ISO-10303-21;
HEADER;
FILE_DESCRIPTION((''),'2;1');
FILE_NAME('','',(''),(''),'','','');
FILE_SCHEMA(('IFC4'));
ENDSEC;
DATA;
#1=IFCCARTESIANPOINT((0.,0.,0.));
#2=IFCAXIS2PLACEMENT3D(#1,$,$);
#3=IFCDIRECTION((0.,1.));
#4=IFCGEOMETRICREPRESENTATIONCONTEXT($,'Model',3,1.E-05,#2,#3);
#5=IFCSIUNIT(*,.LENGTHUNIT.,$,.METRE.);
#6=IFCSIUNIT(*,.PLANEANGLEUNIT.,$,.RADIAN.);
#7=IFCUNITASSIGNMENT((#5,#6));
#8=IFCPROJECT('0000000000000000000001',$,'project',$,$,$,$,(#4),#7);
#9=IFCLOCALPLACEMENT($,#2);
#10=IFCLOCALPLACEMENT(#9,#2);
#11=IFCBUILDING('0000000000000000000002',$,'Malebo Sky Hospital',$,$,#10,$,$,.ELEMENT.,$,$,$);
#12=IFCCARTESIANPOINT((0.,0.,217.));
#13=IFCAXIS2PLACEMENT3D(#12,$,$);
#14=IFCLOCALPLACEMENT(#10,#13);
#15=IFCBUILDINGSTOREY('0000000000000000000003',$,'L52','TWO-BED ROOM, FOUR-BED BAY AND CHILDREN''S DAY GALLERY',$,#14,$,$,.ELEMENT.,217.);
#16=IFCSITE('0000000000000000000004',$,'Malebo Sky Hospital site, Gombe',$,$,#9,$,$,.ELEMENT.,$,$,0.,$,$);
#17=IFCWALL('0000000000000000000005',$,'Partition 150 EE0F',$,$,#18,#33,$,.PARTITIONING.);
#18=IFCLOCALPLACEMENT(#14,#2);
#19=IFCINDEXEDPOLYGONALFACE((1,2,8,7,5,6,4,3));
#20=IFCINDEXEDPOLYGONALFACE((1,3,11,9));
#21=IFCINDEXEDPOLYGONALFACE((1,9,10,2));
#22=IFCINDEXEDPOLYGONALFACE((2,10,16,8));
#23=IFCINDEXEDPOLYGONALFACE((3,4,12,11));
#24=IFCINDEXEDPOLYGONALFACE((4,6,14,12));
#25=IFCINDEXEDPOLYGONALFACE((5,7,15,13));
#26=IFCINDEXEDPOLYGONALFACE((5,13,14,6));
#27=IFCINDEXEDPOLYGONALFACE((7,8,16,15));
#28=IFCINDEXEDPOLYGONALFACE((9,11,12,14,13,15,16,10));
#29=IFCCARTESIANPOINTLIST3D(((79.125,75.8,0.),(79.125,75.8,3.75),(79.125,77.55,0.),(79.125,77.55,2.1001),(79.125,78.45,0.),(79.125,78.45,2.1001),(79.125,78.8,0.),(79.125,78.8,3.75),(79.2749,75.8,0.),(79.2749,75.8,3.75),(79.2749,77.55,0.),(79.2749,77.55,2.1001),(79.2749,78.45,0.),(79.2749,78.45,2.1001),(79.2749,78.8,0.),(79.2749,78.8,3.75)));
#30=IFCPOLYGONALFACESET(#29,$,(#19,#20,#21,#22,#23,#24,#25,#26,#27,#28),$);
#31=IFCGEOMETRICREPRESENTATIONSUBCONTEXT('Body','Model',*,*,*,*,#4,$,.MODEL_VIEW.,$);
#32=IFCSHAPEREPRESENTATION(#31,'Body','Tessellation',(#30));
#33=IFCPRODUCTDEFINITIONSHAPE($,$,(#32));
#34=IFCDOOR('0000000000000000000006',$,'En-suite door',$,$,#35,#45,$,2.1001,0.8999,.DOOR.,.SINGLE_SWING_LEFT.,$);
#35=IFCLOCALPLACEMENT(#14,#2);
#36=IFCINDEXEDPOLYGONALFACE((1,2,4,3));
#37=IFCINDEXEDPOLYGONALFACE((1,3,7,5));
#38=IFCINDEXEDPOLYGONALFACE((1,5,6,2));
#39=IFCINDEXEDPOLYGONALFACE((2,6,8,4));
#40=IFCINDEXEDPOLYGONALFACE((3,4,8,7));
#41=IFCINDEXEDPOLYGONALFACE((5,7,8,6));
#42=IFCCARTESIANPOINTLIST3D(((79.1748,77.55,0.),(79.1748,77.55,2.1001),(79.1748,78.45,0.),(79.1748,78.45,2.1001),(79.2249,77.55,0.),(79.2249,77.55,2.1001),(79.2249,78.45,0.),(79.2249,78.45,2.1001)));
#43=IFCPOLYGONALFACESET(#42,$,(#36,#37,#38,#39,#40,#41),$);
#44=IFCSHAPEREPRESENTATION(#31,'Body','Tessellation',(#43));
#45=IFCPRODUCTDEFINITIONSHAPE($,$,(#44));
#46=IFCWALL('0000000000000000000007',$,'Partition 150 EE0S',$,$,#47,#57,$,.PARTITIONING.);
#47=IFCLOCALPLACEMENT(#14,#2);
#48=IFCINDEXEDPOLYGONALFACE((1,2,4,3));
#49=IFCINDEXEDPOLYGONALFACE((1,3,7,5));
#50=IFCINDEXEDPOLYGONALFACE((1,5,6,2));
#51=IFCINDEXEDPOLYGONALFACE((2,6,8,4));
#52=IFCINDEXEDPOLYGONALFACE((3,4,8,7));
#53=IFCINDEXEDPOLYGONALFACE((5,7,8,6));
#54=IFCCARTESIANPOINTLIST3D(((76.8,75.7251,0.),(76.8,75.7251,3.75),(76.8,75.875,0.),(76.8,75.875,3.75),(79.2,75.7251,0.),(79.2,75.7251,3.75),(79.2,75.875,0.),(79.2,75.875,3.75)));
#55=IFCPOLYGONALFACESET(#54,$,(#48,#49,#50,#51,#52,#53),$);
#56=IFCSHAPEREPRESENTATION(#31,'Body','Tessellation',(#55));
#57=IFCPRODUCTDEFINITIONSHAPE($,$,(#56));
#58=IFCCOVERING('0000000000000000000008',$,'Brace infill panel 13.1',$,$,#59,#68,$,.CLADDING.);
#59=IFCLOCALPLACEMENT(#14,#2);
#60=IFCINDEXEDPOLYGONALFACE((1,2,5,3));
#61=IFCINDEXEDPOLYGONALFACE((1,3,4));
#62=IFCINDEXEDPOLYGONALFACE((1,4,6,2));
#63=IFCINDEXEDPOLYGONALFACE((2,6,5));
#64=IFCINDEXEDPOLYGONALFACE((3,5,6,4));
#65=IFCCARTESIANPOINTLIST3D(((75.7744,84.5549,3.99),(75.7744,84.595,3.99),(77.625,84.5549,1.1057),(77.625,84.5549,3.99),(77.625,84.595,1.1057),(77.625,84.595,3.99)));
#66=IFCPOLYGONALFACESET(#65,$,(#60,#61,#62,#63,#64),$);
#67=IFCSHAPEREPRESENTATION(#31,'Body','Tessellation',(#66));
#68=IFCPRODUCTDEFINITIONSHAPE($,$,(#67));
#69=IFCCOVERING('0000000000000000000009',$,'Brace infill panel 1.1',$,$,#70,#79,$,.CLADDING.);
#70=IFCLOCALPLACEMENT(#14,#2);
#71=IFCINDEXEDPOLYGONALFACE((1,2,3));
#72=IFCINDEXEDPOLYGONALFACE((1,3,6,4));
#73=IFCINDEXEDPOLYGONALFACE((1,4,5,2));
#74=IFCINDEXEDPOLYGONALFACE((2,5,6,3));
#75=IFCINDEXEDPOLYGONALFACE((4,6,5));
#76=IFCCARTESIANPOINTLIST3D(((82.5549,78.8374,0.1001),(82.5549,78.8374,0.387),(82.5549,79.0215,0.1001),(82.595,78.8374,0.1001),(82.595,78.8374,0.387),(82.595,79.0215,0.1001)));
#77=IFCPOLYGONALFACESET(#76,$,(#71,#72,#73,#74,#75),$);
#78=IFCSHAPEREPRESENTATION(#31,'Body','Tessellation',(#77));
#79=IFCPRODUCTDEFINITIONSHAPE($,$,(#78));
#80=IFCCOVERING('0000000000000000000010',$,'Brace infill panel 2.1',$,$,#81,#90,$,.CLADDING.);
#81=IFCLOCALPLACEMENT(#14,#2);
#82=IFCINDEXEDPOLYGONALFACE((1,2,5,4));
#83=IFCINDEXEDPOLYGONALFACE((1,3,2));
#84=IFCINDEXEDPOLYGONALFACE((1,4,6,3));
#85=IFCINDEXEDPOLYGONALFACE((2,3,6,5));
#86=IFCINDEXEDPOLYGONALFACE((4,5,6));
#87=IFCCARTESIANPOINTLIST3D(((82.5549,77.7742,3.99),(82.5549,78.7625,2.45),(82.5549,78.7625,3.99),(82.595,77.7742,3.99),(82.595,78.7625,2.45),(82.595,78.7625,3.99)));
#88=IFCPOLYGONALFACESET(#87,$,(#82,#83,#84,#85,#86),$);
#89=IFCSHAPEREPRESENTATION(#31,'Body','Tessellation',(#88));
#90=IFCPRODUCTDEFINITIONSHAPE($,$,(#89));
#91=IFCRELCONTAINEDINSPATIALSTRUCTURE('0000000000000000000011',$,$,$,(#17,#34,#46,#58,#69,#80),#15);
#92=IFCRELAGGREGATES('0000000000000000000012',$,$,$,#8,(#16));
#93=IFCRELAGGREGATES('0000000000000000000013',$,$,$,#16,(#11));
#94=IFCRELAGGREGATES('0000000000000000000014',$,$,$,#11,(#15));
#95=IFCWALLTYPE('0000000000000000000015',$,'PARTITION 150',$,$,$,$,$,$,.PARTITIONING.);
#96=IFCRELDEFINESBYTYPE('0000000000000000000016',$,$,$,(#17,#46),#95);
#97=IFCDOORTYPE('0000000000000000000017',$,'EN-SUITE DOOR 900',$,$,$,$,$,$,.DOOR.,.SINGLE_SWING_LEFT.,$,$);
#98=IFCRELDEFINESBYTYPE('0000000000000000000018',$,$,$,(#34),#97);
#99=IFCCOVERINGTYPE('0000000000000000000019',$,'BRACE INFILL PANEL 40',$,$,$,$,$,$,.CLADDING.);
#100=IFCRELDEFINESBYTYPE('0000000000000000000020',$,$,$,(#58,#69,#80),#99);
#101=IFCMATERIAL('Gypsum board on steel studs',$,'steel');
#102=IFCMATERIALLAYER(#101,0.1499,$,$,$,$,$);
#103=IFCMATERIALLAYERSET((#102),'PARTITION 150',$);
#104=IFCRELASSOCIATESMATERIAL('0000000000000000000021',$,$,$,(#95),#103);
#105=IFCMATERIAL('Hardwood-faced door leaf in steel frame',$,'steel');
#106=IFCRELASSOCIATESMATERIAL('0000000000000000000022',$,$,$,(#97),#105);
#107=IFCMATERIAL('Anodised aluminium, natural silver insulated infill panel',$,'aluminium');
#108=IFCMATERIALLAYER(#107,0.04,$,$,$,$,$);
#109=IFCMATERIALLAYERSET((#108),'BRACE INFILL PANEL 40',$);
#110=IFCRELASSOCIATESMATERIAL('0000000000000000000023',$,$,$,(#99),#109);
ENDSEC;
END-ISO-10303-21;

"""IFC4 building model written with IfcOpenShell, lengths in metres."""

from ifc_helpers import new_model, si_unit, direction, frame, frame_2d, origin, place, context, subcontext, project, spatial, polyline, rectangle, outline, extrude, material, layer, layer_set, type_object, element, fill, save


model = new_model("IFC4")

# Units and contexts
model_context = context("Model", 3, precision=1e-05, world=origin(), true_north=direction((0.0, 1.0)))
body_context = subcontext(model_context, "Body", "Model", "MODEL_VIEW")
ifc_project = project(units=[si_unit("LENGTHUNIT", "METRE"), si_unit("PLANEANGLEUNIT", "RADIAN")], contexts=[model_context])

# Site, building, storey
site_placement = place(None, origin())
site = spatial("IfcSite", under=ifc_project, at=site_placement, Name="Malebo Sky Hospital site, Gombe", CompositionType="ELEMENT", RefElevation=0.0)
building_placement = place(site_placement, origin())
building = spatial("IfcBuilding", under=site, at=building_placement, Name="Malebo Sky Hospital", CompositionType="ELEMENT")
storey_placement = place(building_placement, frame((0.0, 0.0, 217.0)))
storey = spatial("IfcBuildingStorey", under=building, at=storey_placement, Name="L52", Description="TWO-BED ROOM, FOUR-BED BAY AND CHILDREN'S DAY GALLERY", CompositionType="ELEMENT", Elevation=217.0)

# Shared definitions
ifc_material_1 = material(Name="Gypsum board on steel studs", Category="steel")
ifc_material_2 = material(Name="Hardwood-faced door leaf in steel frame", Category="steel")

# Shared definitions
ifc_layer_1 = layer(ifc_material_1, 0.1499)
ifc_layer_set_1 = layer_set([ifc_layer_1], Name="PARTITION 150")
wall_type_1 = type_object("IfcWallType", Name="PARTITION 150", PredefinedType="PARTITIONING", material=ifc_layer_set_1)

# Wall, opening, door
wall_1_placement = place(storey_placement, frame((79.2, 78.8, 0.0), z_axis=(0.0, 0.0, 1.0), x_axis=(0.0, -1.0, 0.0)))
wall_1 = element("IfcWall", 1, at=wall_1_placement, inside=storey, type_object=wall_type_1, Name="Partition 150 EE0F", PredefinedType="PARTITIONING", context=body_context, shape_type="SweptSolid", body=[
    extrude(rectangle(XDim=3.0, YDim=0.1499, at=frame_2d((1.5, 0.0))), origin(), (0.0, 0.0, 1.0), 3.75),
])
opening_1_placement = place(wall_1_placement, frame((0.3501, 0.0, 0.0)))
opening_1 = element("IfcOpeningElement", 2, at=opening_1_placement, cuts=wall_1, PredefinedType="OPENING", context=body_context, shape_type="SweptSolid", body=[
    extrude(rectangle(XDim=0.8999, YDim=2.1001, at=frame_2d((0.45, 1.05))), frame((0.0, 0.085, 0.0), z_axis=(0.0, -1.0, 0.0), x_axis=(1.0, 0.0, 0.0)), (0.0, 0.0, 1.0), 0.1699),
])
door_type_1 = type_object("IfcDoorType", Name="EN-SUITE DOOR 900", OperationType="SINGLE_SWING_LEFT", PredefinedType="DOOR", material=ifc_material_2)
door_1_placement = place(opening_1_placement, origin())
door_1 = element("IfcDoor", 3, at=door_1_placement, inside=storey, type_object=door_type_1, Name="En-suite door", OperationType="SINGLE_SWING_LEFT", OverallHeight=2.1001, OverallWidth=0.8999, PredefinedType="DOOR", context=body_context, shape_type="SweptSolid", body=[
    extrude(rectangle(XDim=0.8999, YDim=2.1001, at=frame_2d((0.45, 1.05))), frame((0.0, 0.0249, 0.0), z_axis=(0.0, -1.0, 0.0), x_axis=(1.0, 0.0, 0.0)), (0.0, 0.0, 1.0), 0.05),
])
fill(opening_1, door_1)

# Wall
wall_2_placement = place(storey_placement, frame((76.8, 75.8, 0.0), z_axis=(0.0, 0.0, 1.0), x_axis=(1.0, 0.0, 0.0)))
element("IfcWall", 4, at=wall_2_placement, inside=storey, type_object=wall_type_1, Name="Partition 150 EE0S", PredefinedType="PARTITIONING", context=body_context, shape_type="SweptSolid", body=[
    extrude(rectangle(XDim=2.3999, YDim=0.1499, at=frame_2d((1.2, 0.0))), origin(), (0.0, 0.0, 1.0), 3.75),
])

# Coverings
ifc_material_3 = material(Name="Anodised aluminium, natural silver insulated infill panel", Category="aluminium")
ifc_layer_2 = layer(ifc_material_3, 0.04)
ifc_layer_set_2 = layer_set([ifc_layer_2], Name="BRACE INFILL PANEL 40")
covering_type = type_object("IfcCoveringType", Name="BRACE INFILL PANEL 40", PredefinedType="CLADDING", material=ifc_layer_set_2)
covering_1_placement = place(storey_placement, frame((76.6997, 84.575, 1.1057), z_axis=(0.0, 0.0, 1.0), x_axis=(1.0, 0.0, 0.0)))
element("IfcCovering", 5, at=covering_1_placement, inside=storey, type_object=covering_type, Name="Brace infill panel 13.1", PredefinedType="CLADDING", context=body_context, shape_type="SweptSolid", body=[
    extrude(outline(polyline([(0.9253, 0.0), (0.9253, 2.8843), (-0.9253, 2.8843), (0.9253, 0.0)])), frame((0.0, 0.02, 0.0), z_axis=(0.0, -1.0, 0.0), x_axis=(1.0, 0.0, 0.0)), (0.0, 0.0, 1.0), 0.04),
])
covering_2_placement = place(storey_placement, frame((82.575, 78.9294, 0.1001), z_axis=(0.0, 0.0, 1.0), x_axis=(0.0, -1.0, 0.0)))
element("IfcCovering", 6, at=covering_2_placement, inside=storey, type_object=covering_type, Name="Brace infill panel 1.1", PredefinedType="CLADDING", context=body_context, shape_type="SweptSolid", body=[
    extrude(outline(polyline([(-0.092, 0.0), (0.092, 0.0), (0.092, 0.2869), (-0.092, 0.0)])), frame((0.0, 0.02, 0.0), z_axis=(0.0, -1.0, 0.0), x_axis=(1.0, 0.0, 0.0)), (0.0, 0.0, 1.0), 0.04),
])
covering_3_placement = place(storey_placement, frame((82.575, 78.2683, 2.45), z_axis=(0.0, 0.0, 1.0), x_axis=(0.0, -1.0, 0.0)))
element("IfcCovering", 7, at=covering_3_placement, inside=storey, type_object=covering_type, Name="Brace infill panel 2.1", PredefinedType="CLADDING", context=body_context, shape_type="SweptSolid", body=[
    extrude(outline(polyline([(-0.4941, 0.0), (0.4941, 1.54), (-0.4941, 1.54), (-0.4941, 0.0)])), frame((0.0, 0.02, 0.0), z_axis=(0.0, -1.0, 0.0), x_axis=(1.0, 0.0, 0.0)), (0.0, 0.0, 1.0), 0.04),
])

save(model, "model.ifc")
